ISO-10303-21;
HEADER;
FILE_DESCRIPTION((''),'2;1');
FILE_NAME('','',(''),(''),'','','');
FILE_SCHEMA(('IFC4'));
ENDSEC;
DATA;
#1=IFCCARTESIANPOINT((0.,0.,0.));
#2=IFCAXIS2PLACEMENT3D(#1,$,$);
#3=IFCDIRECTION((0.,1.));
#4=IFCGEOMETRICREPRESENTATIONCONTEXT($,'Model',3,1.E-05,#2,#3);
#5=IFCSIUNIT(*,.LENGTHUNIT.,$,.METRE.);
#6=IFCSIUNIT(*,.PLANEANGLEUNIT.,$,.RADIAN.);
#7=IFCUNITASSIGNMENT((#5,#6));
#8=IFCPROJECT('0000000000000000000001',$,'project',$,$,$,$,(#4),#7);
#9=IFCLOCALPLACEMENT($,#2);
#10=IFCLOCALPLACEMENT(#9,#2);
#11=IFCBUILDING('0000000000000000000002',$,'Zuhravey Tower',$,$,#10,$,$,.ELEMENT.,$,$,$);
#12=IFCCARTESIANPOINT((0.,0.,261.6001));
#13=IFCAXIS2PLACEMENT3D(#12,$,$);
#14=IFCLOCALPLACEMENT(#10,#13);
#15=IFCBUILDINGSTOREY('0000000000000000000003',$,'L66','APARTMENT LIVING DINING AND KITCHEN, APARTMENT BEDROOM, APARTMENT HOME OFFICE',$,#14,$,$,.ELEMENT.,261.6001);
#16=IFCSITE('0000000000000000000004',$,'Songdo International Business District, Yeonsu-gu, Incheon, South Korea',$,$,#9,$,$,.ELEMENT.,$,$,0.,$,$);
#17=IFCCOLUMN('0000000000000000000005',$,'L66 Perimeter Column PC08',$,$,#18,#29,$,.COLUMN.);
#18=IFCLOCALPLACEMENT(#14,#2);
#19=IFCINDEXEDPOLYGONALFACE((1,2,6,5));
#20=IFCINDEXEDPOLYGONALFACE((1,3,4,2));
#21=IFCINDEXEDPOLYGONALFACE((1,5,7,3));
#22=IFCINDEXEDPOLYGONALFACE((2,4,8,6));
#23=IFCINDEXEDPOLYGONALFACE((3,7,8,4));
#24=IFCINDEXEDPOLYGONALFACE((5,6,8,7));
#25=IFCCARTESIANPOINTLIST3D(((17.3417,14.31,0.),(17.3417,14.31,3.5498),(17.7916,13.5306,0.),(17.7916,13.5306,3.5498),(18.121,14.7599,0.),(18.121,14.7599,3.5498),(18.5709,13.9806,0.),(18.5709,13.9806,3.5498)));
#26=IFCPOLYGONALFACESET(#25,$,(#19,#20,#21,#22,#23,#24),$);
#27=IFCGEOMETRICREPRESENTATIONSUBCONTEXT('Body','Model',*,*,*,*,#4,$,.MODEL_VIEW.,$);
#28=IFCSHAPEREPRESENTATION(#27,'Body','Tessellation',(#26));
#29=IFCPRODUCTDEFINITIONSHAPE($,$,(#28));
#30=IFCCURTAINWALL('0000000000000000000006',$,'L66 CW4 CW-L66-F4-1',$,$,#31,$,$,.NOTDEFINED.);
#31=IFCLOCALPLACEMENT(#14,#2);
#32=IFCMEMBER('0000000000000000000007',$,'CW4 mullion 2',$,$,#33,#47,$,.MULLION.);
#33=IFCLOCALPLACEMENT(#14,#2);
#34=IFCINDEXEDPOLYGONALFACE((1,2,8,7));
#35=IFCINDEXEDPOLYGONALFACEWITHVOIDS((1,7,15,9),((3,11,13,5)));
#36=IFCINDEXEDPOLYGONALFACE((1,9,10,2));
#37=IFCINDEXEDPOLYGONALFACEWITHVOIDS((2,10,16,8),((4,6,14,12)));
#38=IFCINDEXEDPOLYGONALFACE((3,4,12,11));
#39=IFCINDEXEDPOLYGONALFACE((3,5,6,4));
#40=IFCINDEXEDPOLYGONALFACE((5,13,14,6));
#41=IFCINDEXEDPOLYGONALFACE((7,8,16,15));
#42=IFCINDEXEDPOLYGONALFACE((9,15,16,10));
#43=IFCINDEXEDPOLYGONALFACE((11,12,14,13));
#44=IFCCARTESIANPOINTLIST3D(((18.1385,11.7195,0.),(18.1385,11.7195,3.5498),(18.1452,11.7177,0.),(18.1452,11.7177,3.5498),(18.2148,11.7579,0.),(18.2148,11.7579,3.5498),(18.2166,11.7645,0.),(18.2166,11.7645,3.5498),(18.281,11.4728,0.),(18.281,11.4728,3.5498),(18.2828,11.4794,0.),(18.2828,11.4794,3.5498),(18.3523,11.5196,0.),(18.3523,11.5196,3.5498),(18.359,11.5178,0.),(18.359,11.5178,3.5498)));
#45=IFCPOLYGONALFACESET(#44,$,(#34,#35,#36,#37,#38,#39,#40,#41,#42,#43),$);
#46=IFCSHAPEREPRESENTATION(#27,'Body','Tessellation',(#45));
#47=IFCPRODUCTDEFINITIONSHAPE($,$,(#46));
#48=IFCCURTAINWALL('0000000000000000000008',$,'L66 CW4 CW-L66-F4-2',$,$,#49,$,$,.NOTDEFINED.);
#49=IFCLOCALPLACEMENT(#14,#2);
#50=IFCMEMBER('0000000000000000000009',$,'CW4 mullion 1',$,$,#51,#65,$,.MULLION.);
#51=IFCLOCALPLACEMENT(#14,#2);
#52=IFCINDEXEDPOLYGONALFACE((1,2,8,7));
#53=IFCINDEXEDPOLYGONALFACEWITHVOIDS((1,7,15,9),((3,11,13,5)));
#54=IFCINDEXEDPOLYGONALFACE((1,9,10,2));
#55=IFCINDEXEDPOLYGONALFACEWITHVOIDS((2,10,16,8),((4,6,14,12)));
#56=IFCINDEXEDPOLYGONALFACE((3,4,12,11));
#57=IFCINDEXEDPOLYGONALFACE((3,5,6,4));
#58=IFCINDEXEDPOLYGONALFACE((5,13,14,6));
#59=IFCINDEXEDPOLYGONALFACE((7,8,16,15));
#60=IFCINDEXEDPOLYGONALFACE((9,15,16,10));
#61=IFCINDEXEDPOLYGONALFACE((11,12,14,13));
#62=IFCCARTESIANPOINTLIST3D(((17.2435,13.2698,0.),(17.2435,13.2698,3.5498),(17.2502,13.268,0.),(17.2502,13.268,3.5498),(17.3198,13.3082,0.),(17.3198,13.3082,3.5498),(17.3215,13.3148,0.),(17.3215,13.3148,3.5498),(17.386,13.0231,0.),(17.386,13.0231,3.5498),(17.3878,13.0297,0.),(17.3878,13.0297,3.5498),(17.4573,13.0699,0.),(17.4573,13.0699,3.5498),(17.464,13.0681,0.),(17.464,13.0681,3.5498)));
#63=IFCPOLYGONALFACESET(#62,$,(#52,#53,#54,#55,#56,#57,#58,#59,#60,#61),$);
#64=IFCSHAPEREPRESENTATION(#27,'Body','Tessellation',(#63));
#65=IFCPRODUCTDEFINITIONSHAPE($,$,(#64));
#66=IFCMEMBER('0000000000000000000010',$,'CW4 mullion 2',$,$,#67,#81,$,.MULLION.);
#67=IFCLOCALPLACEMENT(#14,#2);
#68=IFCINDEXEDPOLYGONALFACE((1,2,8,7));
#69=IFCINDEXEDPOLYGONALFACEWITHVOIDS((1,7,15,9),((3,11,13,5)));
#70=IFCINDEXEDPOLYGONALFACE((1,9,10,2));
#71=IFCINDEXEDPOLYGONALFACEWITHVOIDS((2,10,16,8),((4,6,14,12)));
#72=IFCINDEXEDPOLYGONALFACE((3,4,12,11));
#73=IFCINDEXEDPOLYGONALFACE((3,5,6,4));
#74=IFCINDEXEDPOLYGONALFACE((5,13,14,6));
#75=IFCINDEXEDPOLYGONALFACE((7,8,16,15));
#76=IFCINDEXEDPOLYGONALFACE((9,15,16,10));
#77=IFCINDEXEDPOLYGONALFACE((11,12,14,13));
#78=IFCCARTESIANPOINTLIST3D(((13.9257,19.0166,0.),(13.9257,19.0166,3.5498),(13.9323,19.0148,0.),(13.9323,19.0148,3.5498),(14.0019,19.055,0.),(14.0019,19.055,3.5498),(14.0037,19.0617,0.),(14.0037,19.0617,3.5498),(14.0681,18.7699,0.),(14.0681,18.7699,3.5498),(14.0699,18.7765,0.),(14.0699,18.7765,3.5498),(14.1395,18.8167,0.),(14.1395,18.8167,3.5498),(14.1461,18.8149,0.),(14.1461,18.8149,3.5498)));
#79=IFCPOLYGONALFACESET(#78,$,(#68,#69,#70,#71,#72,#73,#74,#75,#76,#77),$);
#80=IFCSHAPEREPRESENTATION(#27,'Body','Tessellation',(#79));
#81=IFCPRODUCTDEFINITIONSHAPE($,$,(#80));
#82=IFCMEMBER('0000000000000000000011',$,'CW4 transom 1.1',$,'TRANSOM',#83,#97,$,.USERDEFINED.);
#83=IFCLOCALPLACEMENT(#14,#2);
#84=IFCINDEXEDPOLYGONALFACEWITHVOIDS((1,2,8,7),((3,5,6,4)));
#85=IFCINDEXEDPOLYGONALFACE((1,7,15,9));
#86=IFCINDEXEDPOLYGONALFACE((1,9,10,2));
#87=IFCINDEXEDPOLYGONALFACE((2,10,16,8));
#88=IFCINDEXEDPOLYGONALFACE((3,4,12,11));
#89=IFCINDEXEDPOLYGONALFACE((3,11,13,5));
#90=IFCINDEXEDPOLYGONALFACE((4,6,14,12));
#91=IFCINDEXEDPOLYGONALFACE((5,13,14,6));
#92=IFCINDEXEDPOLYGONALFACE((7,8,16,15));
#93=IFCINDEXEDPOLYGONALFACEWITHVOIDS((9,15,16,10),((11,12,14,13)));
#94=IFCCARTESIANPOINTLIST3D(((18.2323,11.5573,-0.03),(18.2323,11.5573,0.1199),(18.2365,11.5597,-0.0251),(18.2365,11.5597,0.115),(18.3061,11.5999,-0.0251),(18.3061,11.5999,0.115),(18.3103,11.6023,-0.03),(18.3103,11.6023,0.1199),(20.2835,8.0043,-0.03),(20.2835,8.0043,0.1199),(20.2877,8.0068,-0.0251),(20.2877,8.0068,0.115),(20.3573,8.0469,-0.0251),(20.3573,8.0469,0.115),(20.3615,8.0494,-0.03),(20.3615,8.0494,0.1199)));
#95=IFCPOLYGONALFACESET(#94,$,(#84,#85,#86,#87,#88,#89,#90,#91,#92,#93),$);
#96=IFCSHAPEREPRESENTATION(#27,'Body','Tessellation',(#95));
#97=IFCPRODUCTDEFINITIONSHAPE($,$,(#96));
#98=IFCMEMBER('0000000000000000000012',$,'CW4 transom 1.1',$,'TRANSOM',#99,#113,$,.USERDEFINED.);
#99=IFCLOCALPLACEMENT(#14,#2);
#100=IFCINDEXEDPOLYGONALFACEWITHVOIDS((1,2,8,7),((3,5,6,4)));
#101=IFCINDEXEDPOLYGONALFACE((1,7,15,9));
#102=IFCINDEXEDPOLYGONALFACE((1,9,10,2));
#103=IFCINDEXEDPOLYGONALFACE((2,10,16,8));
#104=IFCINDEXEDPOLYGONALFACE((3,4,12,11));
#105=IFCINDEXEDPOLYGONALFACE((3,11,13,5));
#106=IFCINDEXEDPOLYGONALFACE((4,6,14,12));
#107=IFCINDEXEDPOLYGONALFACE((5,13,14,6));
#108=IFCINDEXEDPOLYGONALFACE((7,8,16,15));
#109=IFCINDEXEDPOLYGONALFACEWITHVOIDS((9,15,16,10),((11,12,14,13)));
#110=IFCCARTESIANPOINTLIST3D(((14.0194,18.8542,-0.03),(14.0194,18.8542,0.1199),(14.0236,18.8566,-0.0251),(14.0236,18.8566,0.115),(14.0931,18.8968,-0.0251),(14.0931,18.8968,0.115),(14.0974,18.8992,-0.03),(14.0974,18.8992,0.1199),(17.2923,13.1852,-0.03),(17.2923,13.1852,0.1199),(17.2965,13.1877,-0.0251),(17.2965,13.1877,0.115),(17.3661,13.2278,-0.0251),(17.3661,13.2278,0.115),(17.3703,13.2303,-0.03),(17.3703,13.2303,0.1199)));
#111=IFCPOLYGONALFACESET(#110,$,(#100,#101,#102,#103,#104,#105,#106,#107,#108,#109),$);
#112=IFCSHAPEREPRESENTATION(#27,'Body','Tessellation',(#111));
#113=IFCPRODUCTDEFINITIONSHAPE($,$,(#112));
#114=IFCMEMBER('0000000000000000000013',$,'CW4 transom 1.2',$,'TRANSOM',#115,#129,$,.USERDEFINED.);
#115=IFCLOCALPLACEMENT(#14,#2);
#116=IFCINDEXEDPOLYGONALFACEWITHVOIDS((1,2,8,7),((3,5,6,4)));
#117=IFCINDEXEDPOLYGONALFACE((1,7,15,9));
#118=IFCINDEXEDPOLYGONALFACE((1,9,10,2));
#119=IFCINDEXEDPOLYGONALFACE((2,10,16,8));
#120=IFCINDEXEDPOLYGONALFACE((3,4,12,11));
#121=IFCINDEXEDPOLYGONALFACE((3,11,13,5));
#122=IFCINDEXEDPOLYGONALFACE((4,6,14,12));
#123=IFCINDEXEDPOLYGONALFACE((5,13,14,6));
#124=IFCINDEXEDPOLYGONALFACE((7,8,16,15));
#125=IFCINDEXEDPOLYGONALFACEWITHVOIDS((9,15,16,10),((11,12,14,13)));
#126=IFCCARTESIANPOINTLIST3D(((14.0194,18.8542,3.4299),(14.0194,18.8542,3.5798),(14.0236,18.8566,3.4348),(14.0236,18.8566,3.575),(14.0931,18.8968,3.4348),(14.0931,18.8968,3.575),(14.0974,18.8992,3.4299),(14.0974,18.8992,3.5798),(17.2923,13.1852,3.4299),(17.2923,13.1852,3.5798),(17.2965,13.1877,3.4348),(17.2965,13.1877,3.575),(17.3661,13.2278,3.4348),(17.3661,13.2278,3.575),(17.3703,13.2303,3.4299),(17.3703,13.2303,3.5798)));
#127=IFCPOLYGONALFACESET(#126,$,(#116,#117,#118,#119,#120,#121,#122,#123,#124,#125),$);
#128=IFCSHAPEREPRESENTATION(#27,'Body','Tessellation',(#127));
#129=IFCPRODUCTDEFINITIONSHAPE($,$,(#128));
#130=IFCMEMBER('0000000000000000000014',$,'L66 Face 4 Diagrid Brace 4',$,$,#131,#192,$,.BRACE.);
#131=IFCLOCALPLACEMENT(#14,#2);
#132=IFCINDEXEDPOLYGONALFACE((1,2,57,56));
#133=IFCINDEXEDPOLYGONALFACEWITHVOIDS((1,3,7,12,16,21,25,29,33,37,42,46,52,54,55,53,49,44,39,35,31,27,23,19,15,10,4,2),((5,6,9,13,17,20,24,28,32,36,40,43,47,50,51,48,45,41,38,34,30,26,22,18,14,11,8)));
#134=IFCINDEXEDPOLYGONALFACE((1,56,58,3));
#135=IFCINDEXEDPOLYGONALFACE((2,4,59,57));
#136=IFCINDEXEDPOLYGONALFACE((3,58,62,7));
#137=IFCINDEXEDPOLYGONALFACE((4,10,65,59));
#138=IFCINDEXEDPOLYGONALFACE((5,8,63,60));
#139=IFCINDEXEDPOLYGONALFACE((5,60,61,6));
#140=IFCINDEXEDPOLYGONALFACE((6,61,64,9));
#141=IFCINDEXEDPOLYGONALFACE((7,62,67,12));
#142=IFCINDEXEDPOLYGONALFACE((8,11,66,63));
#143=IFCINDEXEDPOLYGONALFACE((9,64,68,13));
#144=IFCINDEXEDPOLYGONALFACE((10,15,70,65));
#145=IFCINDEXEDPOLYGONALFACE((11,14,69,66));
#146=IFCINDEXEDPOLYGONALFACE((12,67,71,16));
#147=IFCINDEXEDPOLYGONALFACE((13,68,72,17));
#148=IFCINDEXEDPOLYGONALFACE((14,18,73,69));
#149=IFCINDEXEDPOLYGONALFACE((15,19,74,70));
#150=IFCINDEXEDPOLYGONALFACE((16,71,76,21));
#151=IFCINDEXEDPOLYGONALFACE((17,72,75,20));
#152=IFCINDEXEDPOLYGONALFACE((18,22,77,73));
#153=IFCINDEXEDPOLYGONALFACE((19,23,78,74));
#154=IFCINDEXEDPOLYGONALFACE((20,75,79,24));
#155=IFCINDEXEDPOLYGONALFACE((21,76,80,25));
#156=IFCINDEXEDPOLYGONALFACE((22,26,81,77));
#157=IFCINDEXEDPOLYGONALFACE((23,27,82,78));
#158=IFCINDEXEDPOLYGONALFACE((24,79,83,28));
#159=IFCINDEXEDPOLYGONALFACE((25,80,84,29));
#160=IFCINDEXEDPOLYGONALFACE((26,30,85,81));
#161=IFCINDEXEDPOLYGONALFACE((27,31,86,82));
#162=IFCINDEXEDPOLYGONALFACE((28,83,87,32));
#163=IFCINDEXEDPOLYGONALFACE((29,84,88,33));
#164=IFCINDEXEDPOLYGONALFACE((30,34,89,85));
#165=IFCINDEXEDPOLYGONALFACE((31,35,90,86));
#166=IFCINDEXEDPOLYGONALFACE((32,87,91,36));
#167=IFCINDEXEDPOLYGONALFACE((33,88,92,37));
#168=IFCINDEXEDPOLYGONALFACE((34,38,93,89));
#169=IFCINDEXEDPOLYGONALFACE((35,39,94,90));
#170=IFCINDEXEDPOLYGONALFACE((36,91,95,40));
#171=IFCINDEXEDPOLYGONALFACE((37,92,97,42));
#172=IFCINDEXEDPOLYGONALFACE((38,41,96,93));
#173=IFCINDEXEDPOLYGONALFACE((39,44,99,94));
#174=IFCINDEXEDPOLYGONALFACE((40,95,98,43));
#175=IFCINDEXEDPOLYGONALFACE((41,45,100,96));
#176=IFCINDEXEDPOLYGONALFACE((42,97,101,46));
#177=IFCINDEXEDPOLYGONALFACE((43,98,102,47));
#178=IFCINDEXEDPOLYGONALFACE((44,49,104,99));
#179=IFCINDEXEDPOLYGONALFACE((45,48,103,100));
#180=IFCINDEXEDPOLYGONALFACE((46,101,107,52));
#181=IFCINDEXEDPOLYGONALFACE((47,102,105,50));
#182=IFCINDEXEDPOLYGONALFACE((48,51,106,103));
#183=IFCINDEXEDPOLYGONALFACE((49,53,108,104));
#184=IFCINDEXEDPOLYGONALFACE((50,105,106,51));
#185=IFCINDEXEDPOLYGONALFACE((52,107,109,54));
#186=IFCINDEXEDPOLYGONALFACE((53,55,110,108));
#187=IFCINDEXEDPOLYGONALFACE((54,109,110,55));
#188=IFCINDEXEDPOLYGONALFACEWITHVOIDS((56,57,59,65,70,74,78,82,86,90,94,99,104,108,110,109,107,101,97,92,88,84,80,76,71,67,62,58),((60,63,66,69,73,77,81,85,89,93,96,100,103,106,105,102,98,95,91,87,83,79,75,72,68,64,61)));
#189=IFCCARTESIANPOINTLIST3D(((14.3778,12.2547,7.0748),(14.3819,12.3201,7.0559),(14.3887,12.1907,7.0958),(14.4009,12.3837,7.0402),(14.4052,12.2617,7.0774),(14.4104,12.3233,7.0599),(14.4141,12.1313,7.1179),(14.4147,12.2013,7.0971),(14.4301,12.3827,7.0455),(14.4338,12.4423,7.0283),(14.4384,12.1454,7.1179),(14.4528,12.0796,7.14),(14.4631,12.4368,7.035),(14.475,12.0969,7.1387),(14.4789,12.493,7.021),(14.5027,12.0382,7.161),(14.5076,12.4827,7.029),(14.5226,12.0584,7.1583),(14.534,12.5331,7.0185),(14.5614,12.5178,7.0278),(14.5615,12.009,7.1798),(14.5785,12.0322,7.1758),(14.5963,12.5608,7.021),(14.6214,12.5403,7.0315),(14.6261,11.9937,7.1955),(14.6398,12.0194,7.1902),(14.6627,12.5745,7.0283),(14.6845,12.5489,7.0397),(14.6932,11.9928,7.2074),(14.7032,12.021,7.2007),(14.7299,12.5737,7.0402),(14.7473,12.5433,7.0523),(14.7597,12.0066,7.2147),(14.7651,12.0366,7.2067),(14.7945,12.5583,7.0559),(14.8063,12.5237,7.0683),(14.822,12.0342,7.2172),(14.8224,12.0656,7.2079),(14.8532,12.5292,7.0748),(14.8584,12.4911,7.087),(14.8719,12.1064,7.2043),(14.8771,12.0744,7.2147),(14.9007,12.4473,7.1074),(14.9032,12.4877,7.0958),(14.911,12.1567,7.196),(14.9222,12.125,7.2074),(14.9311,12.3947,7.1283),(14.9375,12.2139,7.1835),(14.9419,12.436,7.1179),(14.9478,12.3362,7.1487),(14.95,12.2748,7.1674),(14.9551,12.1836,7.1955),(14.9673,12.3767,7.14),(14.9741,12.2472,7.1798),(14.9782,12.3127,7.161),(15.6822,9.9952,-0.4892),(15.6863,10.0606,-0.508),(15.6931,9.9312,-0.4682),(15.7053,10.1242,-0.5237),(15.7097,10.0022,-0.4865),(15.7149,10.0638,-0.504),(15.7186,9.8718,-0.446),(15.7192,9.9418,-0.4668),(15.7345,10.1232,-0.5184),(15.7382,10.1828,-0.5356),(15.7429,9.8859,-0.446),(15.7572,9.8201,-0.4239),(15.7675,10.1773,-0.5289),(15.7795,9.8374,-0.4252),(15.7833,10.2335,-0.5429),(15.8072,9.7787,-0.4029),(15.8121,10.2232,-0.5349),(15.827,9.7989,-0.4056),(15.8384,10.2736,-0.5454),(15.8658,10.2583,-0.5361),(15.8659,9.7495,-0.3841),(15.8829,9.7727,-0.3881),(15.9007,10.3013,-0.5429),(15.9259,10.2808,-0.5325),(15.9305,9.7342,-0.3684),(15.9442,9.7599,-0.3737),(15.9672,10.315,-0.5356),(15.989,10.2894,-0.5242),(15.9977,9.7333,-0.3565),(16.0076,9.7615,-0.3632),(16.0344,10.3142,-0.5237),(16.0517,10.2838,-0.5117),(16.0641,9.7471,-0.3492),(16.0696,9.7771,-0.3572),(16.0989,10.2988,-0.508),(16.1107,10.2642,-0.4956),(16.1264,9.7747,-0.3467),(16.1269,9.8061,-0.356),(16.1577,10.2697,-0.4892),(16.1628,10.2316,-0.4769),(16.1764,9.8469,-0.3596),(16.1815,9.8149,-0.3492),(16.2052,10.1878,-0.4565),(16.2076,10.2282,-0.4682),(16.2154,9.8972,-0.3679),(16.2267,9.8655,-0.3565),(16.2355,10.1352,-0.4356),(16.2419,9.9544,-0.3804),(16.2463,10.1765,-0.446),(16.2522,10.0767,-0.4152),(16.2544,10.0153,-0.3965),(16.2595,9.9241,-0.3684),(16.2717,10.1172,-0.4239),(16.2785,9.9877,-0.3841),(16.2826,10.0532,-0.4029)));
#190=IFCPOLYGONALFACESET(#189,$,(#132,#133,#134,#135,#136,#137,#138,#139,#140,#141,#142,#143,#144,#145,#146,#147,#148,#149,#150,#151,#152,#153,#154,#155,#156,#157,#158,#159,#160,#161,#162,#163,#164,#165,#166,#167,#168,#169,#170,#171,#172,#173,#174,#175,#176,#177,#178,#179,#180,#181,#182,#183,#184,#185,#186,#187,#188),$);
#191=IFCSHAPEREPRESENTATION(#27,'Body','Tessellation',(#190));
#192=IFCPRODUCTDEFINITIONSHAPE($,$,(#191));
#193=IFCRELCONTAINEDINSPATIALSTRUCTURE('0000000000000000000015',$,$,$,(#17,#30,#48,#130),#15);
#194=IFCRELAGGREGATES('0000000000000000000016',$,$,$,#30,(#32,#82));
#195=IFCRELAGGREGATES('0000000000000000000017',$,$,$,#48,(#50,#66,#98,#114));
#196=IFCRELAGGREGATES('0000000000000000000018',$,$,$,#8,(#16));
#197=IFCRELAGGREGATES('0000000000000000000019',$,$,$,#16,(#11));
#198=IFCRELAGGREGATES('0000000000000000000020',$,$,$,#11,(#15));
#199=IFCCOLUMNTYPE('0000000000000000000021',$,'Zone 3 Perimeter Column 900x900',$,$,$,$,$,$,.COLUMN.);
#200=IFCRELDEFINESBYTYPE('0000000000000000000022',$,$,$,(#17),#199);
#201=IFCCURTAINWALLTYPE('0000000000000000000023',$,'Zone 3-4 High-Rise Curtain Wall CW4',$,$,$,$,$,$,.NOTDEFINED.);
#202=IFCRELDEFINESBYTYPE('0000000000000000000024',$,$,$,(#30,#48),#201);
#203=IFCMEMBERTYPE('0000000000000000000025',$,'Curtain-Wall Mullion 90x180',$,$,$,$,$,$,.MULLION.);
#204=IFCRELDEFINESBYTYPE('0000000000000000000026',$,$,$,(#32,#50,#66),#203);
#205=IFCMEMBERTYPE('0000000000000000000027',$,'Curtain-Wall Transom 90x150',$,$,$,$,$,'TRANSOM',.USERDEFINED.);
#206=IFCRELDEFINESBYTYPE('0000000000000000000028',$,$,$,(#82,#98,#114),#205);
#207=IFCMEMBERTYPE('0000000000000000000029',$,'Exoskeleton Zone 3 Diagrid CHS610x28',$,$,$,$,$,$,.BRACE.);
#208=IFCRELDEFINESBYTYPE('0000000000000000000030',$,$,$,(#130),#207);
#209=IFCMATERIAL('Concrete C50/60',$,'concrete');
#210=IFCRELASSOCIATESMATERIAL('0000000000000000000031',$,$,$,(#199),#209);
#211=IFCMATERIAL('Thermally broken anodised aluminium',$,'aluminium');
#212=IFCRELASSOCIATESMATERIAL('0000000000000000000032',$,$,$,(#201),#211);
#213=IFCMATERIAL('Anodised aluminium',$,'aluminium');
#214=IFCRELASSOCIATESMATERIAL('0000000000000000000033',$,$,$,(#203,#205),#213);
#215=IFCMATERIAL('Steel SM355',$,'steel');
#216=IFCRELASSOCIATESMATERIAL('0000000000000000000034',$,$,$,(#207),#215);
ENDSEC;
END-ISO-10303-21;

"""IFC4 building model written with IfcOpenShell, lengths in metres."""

from ifc_helpers import new_model, si_unit, direction, frame, origin, origin_2d, place, context, subcontext, project, spatial, rectangle, hollow_rectangle, hollow_circle, extrude, material, material_profile, profile_set, type_object, element, aggregate, save


model = new_model("IFC4")

# Units and contexts
model_context = context("Model", 3, precision=1e-05, world=origin(), true_north=direction((0.0, 1.0)))
body_context = subcontext(model_context, "Body", "Model", "MODEL_VIEW")
ifc_project = project(units=[si_unit("LENGTHUNIT", "METRE"), si_unit("PLANEANGLEUNIT", "RADIAN")], contexts=[model_context])

# Site, building, storey
site_placement = place(None, origin())
site = spatial("IfcSite", under=ifc_project, at=site_placement, Name="Songdo International Business District, Yeonsu-gu, Incheon, South Korea", CompositionType="ELEMENT", RefElevation=0.0)
building_placement = place(site_placement, origin())
building = spatial("IfcBuilding", under=site, at=building_placement, Name="Zuhravey Tower", CompositionType="ELEMENT")
storey_placement = place(building_placement, frame((0.0, 0.0, 261.6001)))
storey = spatial("IfcBuildingStorey", under=building, at=storey_placement, Name="L66", Description="APARTMENT LIVING DINING AND KITCHEN, APARTMENT BEDROOM, APARTMENT HOME OFFICE", CompositionType="ELEMENT", Elevation=261.6001)

# Column
ifc_material_1 = material(Name="Concrete C50/60", Category="concrete")
ifc_material_profile_1 = material_profile(ifc_material_1, rectangle(XDim=0.8999, YDim=0.8999, at=origin_2d()), Name="RC-900x900")
ifc_profile_set_1 = profile_set([ifc_material_profile_1], Name="Concrete C50/60")
column_type = type_object("IfcColumnType", Name="Zone 3 Perimeter Column 900x900", PredefinedType="COLUMN", material=ifc_profile_set_1)
column_placement = place(storey_placement, frame((17.9563, 14.1453, 0.0), z_axis=(0.0, 0.0, 1.0), x_axis=(0.5, -0.866025, 0.0)))
element("IfcColumn", 1, at=column_placement, inside=storey, type_object=column_type, Name="L66 Perimeter Column PC08", PredefinedType="COLUMN", context=body_context, shape_type="SweptSolid", body=[
    extrude(rectangle(XDim=0.8999, YDim=0.8999, at=origin_2d()), origin(), (0.0, 0.0, 1.0), 3.5498),
])

# Curtain wall, member
ifc_material_2 = material(Name="Thermally broken anodised aluminium", Category="aluminium")
curtain_wall_type = type_object("IfcCurtainWallType", Name="Zone 3-4 High-Rise Curtain Wall CW4", PredefinedType="NOTDEFINED", material=ifc_material_2)
curtain_wall_1_placement = place(storey_placement, origin())
curtain_wall_1 = element("IfcCurtainWall", 2, at=curtain_wall_1_placement, inside=storey, type_object=curtain_wall_type, Name="L66 CW4 CW-L66-F4-1", PredefinedType="NOTDEFINED")
ifc_material_3 = material(Name="Anodised aluminium", Category="aluminium")
ifc_material_profile_2 = material_profile(ifc_material_3, hollow_rectangle(XDim=0.0901, YDim=0.2849, WallThickness=0.0049, at=origin_2d()), Name="ALU-RHS-90x285x5")
ifc_profile_set_2 = profile_set([ifc_material_profile_2], Name="Anodised aluminium")
member_type_1 = type_object("IfcMemberType", Name="Curtain-Wall Mullion 90x180", PredefinedType="MULLION", material=ifc_profile_set_2)
member_1_placement = place(storey_placement, frame((18.2488, 11.6187, 0.0), z_axis=(0.0, 0.0, 1.0), x_axis=(-0.866023, -0.500004, 0.0)))
member_1 = element("IfcMember", 3, at=member_1_placement, type_object=member_type_1, Name="CW4 mullion 2", PredefinedType="MULLION", context=body_context, shape_type="SweptSolid", body=[
    extrude(hollow_rectangle(XDim=0.0901, YDim=0.2849, WallThickness=0.0049, at=origin_2d()), origin(), (0.0, 0.0, 1.0), 3.5498),
])

# Curtain wall, members
curtain_wall_2_placement = place(storey_placement, origin())
curtain_wall_2 = element("IfcCurtainWall", 4, at=curtain_wall_2_placement, inside=storey, type_object=curtain_wall_type, Name="L66 CW4 CW-L66-F4-2", PredefinedType="NOTDEFINED")
member_2_placement = place(storey_placement, frame((17.3538, 13.1689, 0.0), z_axis=(0.0, 0.0, 1.0), x_axis=(-0.866026, -0.499999, 0.0)))
member_2 = element("IfcMember", 5, at=member_2_placement, type_object=member_type_1, Name="CW4 mullion 1", PredefinedType="MULLION", context=body_context, shape_type="SweptSolid", body=[
    extrude(hollow_rectangle(XDim=0.0901, YDim=0.2849, WallThickness=0.0049, at=origin_2d()), origin(), (0.0, 0.0, 1.0), 3.5498),
])
member_3_placement = place(storey_placement, frame((14.0359, 18.9158, 0.0), z_axis=(0.0, 0.0, 1.0), x_axis=(-0.866026, -0.499999, 0.0)))
member_3 = element("IfcMember", 6, at=member_3_placement, type_object=member_type_1, Name="CW4 mullion 2", PredefinedType="MULLION", context=body_context, shape_type="SweptSolid", body=[
    extrude(hollow_rectangle(XDim=0.0901, YDim=0.2849, WallThickness=0.0049, at=origin_2d()), origin(), (0.0, 0.0, 1.0), 3.5498),
])

# Members
ifc_material_profile_3 = material_profile(ifc_material_3, hollow_rectangle(XDim=0.0901, YDim=0.1499, WallThickness=0.0049, at=origin_2d()), Name="ALU-RHS-90x150x5")
ifc_profile_set_3 = profile_set([ifc_material_profile_3], Name="Anodised aluminium")
member_type_2 = type_object("IfcMemberType", Name="Curtain-Wall Transom 90x150", ElementType="TRANSOM", PredefinedType="USERDEFINED", material=ifc_profile_set_3)
member_4_placement = place(storey_placement, frame((20.3225, 8.0269, 0.0449), z_axis=(-0.499992, 0.86603, 0.0), x_axis=(-0.86603, -0.499992, 0.0)))
member_4 = element("IfcMember", 7, at=member_4_placement, type_object=member_type_2, Name="CW4 transom 1.1", ObjectType="TRANSOM", PredefinedType="USERDEFINED", context=body_context, shape_type="SweptSolid", body=[
    extrude(hollow_rectangle(XDim=0.0901, YDim=0.1499, WallThickness=0.0049, at=origin_2d()), origin(), (0.0, 0.0, 1.0), 4.1025),
])
member_5_placement = place(storey_placement, frame((17.3313, 13.2078, 0.0449), z_axis=(-0.499998, 0.866027, 0.0), x_axis=(-0.866027, -0.499998, 0.0)))
member_5 = element("IfcMember", 8, at=member_5_placement, type_object=member_type_2, Name="CW4 transom 1.1", ObjectType="TRANSOM", PredefinedType="USERDEFINED", context=body_context, shape_type="SweptSolid", body=[
    extrude(hollow_rectangle(XDim=0.0901, YDim=0.1499, WallThickness=0.0049, at=origin_2d()), origin(), (0.0, 0.0, 1.0), 6.5459),
])
member_6_placement = place(storey_placement, frame((17.3313, 13.2078, 3.5049), z_axis=(-0.499998, 0.866027, 0.0), x_axis=(-0.866027, -0.499998, 0.0)))
member_6 = element("IfcMember", 9, at=member_6_placement, type_object=member_type_2, Name="CW4 transom 1.2", ObjectType="TRANSOM", PredefinedType="USERDEFINED", context=body_context, shape_type="SweptSolid", body=[
    extrude(hollow_rectangle(XDim=0.0901, YDim=0.1499, WallThickness=0.0049, at=origin_2d()), origin(), (0.0, 0.0, 1.0), 6.5459),
])

# Member
ifc_material_4 = material(Name="Steel SM355", Category="steel")
ifc_material_profile_4 = material_profile(ifc_material_4, hollow_circle(Radius=0.3047, WallThickness=0.0281, at=origin_2d()), Name="CHS-609.6x28")
ifc_profile_set_4 = profile_set([ifc_material_profile_4], Name="Steel SM355")
member_type_3 = type_object("IfcMemberType", Name="Exoskeleton Zone 3 Diagrid CHS610x28", PredefinedType="BRACE", material=ifc_profile_set_4)
member_7_placement = place(storey_placement, frame((15.9824, 10.0242, -0.446), z_axis=(-0.163029, 0.282395, 0.945344), x_axis=(-0.866041, -0.499974, 0.0)))
element("IfcMember", 10, at=member_7_placement, inside=storey, type_object=member_type_3, Name="L66 Face 4 Diagrid Brace 4", PredefinedType="BRACE", context=body_context, shape_type="SweptSolid", body=[
    extrude(hollow_circle(Radius=0.3047, WallThickness=0.0281, at=origin_2d()), origin(), (0.0, 0.0, 1.0), 8.0012),
])

aggregate(curtain_wall_1, [member_1, member_4])
aggregate(curtain_wall_2, [member_2, member_3, member_5, member_6])

save(model, "model.ifc")
